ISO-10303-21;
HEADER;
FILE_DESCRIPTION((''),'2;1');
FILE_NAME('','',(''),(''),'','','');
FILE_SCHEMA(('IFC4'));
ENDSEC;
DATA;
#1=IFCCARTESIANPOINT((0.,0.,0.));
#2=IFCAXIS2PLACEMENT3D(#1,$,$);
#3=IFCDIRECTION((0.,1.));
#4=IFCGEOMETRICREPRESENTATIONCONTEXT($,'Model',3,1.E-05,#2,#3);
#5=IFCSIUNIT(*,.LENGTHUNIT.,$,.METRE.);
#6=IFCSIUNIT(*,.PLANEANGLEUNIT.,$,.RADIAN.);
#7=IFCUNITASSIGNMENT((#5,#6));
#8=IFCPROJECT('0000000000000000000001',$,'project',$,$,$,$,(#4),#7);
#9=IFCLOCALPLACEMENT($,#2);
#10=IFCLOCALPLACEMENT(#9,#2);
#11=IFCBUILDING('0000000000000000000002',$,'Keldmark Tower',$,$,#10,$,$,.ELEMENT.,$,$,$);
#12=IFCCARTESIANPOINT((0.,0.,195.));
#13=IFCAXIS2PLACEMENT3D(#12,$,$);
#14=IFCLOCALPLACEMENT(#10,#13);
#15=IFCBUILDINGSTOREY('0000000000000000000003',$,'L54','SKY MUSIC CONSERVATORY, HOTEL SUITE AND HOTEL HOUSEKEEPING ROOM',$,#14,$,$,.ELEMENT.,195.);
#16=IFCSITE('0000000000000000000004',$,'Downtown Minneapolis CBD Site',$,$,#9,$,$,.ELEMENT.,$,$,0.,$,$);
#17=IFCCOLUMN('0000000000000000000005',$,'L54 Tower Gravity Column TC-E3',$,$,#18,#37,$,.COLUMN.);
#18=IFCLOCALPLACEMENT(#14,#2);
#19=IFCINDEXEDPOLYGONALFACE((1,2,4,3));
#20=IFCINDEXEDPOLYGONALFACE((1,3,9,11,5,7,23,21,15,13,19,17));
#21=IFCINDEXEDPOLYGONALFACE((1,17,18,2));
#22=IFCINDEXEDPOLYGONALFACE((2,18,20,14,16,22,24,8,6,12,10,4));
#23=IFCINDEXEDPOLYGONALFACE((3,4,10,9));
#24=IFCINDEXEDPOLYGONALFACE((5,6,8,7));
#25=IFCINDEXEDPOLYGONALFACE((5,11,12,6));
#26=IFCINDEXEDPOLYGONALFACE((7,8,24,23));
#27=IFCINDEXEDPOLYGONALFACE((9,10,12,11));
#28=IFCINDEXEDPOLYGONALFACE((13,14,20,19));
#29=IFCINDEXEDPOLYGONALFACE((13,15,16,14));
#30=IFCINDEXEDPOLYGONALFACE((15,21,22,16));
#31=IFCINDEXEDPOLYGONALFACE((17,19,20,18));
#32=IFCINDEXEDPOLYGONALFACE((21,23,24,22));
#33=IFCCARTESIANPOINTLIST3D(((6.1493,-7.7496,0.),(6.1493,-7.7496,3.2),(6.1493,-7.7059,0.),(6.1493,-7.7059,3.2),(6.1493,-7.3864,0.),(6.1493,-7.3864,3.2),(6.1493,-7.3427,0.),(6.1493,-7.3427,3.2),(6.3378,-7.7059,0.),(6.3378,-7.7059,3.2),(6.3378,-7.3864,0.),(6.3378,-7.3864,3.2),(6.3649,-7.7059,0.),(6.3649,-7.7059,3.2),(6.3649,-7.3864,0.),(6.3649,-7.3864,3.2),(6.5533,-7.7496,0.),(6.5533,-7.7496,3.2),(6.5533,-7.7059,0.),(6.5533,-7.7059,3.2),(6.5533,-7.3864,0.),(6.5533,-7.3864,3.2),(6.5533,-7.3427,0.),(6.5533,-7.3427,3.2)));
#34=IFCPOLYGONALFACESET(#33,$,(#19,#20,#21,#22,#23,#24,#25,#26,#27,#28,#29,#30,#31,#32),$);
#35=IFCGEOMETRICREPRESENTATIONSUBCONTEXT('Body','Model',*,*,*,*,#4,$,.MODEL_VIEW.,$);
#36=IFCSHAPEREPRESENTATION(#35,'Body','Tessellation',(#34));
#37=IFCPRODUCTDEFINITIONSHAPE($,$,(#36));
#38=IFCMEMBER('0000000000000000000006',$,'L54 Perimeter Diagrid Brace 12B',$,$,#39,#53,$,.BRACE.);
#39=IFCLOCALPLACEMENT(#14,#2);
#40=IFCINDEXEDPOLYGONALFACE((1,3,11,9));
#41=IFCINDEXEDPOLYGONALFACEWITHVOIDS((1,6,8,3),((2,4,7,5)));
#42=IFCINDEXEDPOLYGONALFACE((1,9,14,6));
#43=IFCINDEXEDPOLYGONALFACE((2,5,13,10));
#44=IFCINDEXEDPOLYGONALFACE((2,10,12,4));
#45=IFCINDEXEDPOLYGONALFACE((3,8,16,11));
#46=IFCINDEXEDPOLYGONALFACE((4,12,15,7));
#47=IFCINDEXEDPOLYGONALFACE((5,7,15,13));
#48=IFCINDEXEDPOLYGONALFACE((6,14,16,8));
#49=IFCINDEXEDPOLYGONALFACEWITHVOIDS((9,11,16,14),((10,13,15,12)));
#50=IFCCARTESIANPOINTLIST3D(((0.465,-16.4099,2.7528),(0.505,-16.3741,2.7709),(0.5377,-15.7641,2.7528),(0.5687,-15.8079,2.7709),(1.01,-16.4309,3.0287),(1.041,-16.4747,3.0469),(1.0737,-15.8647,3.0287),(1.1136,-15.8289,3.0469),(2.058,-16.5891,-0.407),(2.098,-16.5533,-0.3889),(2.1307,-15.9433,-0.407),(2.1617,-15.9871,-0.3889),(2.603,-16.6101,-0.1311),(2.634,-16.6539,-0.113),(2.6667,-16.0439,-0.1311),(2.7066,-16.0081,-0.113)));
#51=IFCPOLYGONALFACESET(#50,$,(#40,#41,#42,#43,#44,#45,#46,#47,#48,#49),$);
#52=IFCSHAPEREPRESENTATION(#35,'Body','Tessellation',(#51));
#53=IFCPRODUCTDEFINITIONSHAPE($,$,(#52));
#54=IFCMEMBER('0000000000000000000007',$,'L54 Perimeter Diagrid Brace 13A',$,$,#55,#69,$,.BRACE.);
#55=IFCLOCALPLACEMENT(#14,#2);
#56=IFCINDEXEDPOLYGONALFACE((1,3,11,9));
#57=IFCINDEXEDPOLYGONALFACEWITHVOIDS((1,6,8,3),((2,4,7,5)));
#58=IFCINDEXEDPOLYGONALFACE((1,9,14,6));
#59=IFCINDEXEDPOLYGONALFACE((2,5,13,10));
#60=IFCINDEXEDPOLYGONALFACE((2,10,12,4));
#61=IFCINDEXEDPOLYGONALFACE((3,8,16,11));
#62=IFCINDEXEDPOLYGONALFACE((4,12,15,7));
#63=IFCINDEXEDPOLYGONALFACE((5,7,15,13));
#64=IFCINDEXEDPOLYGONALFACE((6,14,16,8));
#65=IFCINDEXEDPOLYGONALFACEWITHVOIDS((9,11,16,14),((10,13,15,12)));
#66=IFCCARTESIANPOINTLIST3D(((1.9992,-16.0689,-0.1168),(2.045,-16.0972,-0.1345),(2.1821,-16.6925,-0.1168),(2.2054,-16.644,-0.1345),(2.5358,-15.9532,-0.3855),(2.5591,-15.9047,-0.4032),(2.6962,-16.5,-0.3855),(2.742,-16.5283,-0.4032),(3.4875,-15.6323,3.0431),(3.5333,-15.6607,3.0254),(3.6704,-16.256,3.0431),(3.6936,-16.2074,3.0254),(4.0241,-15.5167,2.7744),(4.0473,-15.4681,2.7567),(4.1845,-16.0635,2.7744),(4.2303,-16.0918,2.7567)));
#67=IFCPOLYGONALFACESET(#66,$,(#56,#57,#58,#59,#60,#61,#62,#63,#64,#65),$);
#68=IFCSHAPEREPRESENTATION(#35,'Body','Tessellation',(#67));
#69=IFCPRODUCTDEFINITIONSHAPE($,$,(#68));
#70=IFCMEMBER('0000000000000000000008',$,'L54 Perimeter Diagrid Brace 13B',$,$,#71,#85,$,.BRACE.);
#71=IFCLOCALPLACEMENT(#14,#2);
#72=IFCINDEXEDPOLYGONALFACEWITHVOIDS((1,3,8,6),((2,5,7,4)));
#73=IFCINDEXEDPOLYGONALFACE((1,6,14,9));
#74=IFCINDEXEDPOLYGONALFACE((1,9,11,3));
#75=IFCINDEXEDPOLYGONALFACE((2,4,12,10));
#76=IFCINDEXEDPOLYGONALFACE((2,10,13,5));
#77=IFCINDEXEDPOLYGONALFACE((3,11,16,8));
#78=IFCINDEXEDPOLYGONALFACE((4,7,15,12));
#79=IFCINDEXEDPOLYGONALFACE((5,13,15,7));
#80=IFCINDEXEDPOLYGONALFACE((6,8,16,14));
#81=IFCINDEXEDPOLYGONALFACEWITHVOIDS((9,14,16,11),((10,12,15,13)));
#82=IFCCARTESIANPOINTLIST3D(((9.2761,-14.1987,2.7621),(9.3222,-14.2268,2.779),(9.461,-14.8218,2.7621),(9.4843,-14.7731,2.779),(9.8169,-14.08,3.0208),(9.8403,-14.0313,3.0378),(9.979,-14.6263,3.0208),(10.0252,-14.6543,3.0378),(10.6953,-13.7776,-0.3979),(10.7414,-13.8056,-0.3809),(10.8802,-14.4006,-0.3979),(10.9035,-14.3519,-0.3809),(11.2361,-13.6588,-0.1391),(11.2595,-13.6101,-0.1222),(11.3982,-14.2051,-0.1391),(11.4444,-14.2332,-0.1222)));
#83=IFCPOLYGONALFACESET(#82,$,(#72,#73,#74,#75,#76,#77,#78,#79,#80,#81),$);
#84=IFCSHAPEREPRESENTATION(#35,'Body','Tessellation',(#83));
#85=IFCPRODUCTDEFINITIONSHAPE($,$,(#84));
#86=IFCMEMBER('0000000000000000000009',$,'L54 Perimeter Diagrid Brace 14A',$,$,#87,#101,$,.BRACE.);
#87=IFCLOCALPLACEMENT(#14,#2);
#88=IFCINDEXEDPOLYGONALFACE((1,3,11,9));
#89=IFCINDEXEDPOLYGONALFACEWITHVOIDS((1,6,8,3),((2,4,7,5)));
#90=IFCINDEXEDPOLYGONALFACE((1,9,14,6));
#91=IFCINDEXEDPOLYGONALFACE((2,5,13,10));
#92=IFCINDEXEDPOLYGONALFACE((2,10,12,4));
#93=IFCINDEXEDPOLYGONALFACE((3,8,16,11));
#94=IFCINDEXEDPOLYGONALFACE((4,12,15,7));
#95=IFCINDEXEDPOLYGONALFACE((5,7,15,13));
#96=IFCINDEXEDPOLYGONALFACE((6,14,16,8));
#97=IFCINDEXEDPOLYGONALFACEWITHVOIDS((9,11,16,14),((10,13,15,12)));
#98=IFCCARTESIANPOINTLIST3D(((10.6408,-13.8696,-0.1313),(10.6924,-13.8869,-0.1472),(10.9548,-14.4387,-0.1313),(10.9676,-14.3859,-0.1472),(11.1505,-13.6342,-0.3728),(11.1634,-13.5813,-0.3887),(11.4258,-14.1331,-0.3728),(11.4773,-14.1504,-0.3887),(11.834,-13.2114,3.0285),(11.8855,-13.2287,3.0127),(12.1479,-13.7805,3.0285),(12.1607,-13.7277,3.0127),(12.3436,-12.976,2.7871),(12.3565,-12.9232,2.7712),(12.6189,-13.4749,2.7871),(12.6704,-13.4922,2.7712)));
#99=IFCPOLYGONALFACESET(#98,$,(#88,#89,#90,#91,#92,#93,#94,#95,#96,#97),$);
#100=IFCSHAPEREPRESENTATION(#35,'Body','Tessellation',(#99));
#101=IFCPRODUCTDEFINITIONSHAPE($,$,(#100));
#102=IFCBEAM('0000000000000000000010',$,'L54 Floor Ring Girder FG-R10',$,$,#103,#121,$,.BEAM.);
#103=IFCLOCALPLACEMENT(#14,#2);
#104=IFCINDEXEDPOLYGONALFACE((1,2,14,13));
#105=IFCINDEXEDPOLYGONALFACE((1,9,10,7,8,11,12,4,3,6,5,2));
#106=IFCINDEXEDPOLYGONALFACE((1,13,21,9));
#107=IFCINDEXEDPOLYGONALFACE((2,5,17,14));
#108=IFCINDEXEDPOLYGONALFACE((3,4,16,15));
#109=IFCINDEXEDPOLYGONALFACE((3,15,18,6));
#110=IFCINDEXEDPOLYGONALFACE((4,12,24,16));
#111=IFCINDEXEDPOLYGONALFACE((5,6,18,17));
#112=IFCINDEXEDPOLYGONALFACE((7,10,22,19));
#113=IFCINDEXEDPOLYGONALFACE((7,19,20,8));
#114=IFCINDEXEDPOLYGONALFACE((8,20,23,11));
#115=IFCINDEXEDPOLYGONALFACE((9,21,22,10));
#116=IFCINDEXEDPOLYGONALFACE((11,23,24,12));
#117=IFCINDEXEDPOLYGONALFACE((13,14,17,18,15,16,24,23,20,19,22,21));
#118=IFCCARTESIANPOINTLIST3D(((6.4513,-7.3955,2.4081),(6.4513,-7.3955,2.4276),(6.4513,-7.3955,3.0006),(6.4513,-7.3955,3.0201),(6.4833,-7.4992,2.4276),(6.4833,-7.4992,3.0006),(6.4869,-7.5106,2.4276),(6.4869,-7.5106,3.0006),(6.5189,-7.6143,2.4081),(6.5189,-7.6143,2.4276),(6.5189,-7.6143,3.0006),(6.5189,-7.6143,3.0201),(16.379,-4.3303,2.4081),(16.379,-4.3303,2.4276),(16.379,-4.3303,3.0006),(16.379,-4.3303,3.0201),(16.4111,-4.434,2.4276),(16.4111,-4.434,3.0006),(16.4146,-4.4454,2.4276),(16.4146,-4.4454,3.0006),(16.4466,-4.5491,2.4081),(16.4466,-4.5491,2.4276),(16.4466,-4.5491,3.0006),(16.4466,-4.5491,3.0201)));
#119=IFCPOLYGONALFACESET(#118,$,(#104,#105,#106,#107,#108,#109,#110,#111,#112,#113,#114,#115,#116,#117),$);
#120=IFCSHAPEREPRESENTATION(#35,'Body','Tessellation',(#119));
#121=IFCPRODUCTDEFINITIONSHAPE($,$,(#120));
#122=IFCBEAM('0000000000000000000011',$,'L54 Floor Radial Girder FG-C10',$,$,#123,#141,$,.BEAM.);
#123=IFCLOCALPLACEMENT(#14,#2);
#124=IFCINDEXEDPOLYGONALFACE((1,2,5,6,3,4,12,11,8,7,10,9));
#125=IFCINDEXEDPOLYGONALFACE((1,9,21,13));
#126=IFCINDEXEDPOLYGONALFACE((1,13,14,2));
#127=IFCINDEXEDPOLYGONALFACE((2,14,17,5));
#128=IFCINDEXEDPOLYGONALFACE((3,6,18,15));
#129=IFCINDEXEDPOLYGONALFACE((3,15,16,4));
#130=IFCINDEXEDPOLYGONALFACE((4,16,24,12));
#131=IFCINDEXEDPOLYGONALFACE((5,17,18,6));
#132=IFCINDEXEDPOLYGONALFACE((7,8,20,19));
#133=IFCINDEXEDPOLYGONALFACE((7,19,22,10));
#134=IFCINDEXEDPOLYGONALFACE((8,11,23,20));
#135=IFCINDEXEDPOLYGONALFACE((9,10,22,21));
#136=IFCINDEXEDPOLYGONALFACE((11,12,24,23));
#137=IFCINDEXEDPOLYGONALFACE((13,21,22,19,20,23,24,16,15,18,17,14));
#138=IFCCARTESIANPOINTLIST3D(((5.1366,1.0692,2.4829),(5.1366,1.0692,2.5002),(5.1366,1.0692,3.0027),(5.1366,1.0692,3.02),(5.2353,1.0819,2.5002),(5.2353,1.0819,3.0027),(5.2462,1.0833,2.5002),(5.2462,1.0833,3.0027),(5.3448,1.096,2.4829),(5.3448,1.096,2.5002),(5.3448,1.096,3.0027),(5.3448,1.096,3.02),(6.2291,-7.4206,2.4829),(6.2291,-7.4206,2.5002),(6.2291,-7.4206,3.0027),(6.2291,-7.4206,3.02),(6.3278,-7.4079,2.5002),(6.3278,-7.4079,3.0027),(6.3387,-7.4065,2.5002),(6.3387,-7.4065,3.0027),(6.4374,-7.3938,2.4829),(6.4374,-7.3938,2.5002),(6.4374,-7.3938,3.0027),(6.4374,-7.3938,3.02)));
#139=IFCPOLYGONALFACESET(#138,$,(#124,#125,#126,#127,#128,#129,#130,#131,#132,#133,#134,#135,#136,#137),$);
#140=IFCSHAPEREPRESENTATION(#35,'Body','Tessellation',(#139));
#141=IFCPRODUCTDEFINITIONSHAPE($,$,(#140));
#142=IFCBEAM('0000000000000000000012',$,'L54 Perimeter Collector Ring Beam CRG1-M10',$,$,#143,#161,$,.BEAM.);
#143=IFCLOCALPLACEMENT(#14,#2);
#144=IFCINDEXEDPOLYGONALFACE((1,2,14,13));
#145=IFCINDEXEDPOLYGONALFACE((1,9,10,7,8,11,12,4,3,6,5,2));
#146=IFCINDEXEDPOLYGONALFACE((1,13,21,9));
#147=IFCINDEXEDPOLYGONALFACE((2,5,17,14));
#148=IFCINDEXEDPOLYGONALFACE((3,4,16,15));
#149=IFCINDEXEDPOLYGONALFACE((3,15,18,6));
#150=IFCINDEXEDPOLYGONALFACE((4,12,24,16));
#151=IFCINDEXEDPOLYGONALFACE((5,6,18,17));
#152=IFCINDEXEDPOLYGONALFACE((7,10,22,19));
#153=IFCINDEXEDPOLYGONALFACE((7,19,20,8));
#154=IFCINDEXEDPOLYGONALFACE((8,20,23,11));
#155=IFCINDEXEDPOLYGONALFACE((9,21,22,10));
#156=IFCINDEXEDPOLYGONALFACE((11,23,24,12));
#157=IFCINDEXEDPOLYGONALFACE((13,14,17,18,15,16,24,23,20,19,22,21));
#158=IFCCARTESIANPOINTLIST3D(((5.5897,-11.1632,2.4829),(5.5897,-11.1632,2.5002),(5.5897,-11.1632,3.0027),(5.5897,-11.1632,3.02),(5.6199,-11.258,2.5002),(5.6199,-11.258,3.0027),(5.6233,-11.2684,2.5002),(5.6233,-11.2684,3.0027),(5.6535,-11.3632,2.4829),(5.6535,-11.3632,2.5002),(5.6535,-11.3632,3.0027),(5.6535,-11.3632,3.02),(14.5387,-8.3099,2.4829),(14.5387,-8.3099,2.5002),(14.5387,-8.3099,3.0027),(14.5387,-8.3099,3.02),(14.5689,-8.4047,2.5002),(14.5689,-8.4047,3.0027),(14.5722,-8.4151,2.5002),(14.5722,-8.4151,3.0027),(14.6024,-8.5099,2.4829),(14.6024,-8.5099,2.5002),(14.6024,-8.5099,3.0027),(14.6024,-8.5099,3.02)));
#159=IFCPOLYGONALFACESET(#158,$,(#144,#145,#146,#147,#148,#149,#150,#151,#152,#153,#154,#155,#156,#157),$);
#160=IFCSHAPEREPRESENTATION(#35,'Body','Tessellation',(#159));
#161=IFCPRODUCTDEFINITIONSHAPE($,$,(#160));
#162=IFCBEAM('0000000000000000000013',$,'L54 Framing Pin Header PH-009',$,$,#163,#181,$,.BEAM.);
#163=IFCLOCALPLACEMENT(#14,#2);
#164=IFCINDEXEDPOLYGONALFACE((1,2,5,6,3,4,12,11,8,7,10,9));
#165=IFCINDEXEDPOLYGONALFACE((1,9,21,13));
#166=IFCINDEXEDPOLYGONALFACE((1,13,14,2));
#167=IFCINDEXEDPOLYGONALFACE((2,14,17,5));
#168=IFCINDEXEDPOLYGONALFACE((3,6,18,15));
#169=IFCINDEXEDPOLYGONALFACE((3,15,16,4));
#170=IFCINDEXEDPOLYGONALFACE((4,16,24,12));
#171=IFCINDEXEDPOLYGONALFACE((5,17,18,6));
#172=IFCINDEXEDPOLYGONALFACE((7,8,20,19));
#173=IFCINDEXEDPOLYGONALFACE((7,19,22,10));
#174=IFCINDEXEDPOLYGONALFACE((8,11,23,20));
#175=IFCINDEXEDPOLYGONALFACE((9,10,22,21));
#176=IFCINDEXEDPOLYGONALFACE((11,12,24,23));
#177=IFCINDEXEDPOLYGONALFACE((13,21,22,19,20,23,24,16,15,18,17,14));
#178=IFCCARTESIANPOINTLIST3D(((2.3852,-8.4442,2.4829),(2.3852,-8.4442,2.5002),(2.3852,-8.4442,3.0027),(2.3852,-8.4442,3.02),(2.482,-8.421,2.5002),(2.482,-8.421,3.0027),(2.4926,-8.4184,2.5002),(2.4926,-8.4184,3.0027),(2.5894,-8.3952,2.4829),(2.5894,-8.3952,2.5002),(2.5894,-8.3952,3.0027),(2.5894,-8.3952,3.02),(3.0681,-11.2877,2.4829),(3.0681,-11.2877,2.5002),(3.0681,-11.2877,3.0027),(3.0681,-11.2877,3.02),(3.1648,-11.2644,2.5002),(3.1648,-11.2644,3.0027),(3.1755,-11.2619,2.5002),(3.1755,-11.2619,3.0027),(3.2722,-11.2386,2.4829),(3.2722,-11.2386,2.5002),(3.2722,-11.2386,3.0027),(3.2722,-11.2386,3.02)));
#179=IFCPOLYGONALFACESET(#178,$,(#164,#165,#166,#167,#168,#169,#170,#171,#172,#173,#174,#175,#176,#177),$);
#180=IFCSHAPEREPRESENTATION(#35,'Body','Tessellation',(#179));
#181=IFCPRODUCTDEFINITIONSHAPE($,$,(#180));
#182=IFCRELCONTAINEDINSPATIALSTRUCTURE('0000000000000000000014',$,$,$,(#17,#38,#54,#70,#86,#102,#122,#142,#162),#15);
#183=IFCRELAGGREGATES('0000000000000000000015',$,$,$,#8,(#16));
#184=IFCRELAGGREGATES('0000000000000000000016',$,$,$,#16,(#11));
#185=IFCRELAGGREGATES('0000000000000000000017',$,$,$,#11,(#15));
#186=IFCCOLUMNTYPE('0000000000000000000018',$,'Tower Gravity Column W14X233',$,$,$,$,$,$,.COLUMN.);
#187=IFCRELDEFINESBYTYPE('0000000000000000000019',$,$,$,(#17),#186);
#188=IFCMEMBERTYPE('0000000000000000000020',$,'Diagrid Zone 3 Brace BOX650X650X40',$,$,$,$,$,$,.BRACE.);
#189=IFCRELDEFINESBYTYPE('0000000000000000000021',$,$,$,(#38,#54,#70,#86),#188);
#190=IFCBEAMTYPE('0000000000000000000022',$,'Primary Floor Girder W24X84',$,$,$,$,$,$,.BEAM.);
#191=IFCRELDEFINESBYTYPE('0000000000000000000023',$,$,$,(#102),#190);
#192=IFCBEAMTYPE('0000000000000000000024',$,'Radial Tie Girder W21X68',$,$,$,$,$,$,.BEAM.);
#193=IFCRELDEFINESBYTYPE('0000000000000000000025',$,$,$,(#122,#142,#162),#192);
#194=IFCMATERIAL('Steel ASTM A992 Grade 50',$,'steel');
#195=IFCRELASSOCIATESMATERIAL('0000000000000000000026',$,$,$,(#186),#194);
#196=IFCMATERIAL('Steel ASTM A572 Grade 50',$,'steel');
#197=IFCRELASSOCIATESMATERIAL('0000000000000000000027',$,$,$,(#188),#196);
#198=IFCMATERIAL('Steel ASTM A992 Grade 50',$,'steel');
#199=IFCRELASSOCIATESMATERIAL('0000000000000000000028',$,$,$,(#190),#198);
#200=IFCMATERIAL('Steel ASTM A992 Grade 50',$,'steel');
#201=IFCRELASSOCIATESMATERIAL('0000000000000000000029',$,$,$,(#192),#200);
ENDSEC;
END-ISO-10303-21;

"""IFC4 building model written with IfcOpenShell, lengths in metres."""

from ifc_helpers import new_model, si_unit, direction, frame, origin, origin_2d, place, context, subcontext, project, spatial, hollow_rectangle, i_section, extrude, material, material_profile, profile_set, type_object, element, save


model = new_model("IFC4")

# Units and contexts
model_context = context("Model", 3, precision=1e-05, world=origin(), true_north=direction((0.0, 1.0)))
body_context = subcontext(model_context, "Body", "Model", "MODEL_VIEW")
ifc_project = project(units=[si_unit("LENGTHUNIT", "METRE"), si_unit("PLANEANGLEUNIT", "RADIAN")], contexts=[model_context])

# Site, building, storey
site_placement = place(None, origin())
site = spatial("IfcSite", under=ifc_project, at=site_placement, Name="Downtown Minneapolis CBD Site", CompositionType="ELEMENT", RefElevation=0.0)
building_placement = place(site_placement, origin())
building = spatial("IfcBuilding", under=site, at=building_placement, Name="Keldmark Tower", CompositionType="ELEMENT")
storey_placement = place(building_placement, frame((0.0, 0.0, 195.0)))
storey = spatial("IfcBuildingStorey", under=building, at=storey_placement, Name="L54", Description="SKY MUSIC CONSERVATORY, HOTEL SUITE AND HOTEL HOUSEKEEPING ROOM", CompositionType="ELEMENT", Elevation=195.0)

# Column
ifc_material_1 = material(Name="Steel ASTM A992 Grade 50", Category="steel")
ifc_material_profile_1 = material_profile(ifc_material_1, i_section(OverallWidth=0.4041, OverallDepth=0.407, WebThickness=0.0271, FlangeThickness=0.0437, at=origin_2d()), Name="W14X233")
ifc_profile_set_1 = profile_set([ifc_material_profile_1], Name="Steel ASTM A992 Grade 50")
column_type = type_object("IfcColumnType", Name="Tower Gravity Column W14X233", PredefinedType="COLUMN", material=ifc_profile_set_1)
column_placement = place(storey_placement, frame((6.3513, -7.5461, 0.0), z_axis=(0.0, 0.0, 1.0), x_axis=(1.0, 0.0, 0.0)))
element("IfcColumn", 1, at=column_placement, inside=storey, type_object=column_type, Name="L54 Tower Gravity Column TC-E3", PredefinedType="COLUMN", context=body_context, shape_type="SweptSolid", body=[
    extrude(i_section(OverallWidth=0.4041, OverallDepth=0.407, WebThickness=0.0271, FlangeThickness=0.0437, at=origin_2d()), origin(), (0.0, 0.0, 1.0), 3.2),
])

# Members
ifc_material_2 = material(Name="Steel ASTM A572 Grade 50", Category="steel")
ifc_material_profile_2 = material_profile(ifc_material_2, hollow_rectangle(XDim=0.6499, YDim=0.6499, WallThickness=0.04, at=origin_2d()), Name="BOX650X650X40")
ifc_profile_set_2 = profile_set([ifc_material_profile_2], Name="Steel ASTM A572 Grade 50")
member_type = type_object("IfcMemberType", Name="Diagrid Zone 3 Brace BOX650X650X40", PredefinedType="BRACE", material=ifc_profile_set_2)
member_1_placement = place(storey_placement, frame((2.3823, -16.2986, -0.26), z_axis=(-0.449588, 0.050574, 0.891803), x_axis=(-0.111785, -0.993732, 0.0)))
element("IfcMember", 2, at=member_1_placement, inside=storey, type_object=member_type, Name="L54 Perimeter Diagrid Brace 12B", PredefinedType="BRACE", context=body_context, shape_type="SweptSolid", body=[
    extrude(hollow_rectangle(XDim=0.6499, YDim=0.6499, WallThickness=0.04, at=origin_2d()), origin(), (0.0, 0.0, 1.0), 3.5432),
])
member_2_placement = place(storey_placement, frame((2.3706, -16.2986, -0.26), z_axis=(0.422804, 0.124011, 0.897696), x_axis=(-0.28145, 0.959576, 0.0)))
element("IfcMember", 3, at=member_2_placement, inside=storey, type_object=member_type, Name="L54 Perimeter Diagrid Brace 13A", PredefinedType="BRACE", context=body_context, shape_type="SweptSolid", body=[
    extrude(hollow_rectangle(XDim=0.6499, YDim=0.6499, WallThickness=0.04, at=origin_2d()), origin(), (0.0, 0.0, 1.0), 3.52),
])
member_3_placement = place(storey_placement, frame((11.0698, -14.0054, -0.26), z_axis=(-0.406705, -0.120689, 0.905553), x_axis=(0.284487, -0.95868, 0.0)))
element("IfcMember", 4, at=member_3_placement, inside=storey, type_object=member_type, Name="L54 Perimeter Diagrid Brace 13B", PredefinedType="BRACE", context=body_context, shape_type="SweptSolid", body=[
    extrude(hollow_rectangle(XDim=0.6499, YDim=0.6499, WallThickness=0.04, at=origin_2d()), origin(), (0.0, 0.0, 1.0), 3.4895),
])
member_4_placement = place(storey_placement, frame((11.0591, -14.01, -0.26), z_axis=(0.346716, 0.191272, 0.918261), x_axis=(-0.483039, 0.875599, 0.0)))
element("IfcMember", 5, at=member_4_placement, inside=storey, type_object=member_type, Name="L54 Perimeter Diagrid Brace 14A", PredefinedType="BRACE", context=body_context, shape_type="SweptSolid", body=[
    extrude(hollow_rectangle(XDim=0.6499, YDim=0.6499, WallThickness=0.04, at=origin_2d()), origin(), (0.0, 0.0, 1.0), 3.4412),
])

# Beams
ifc_material_3 = material(Name="Steel ASTM A992 Grade 50", Category="steel")
ifc_material_profile_3 = material_profile(ifc_material_3, i_section(OverallWidth=0.229, OverallDepth=0.6121, WebThickness=0.012, FlangeThickness=0.0195, at=origin_2d()), Name="W24X84")
ifc_profile_set_3 = profile_set([ifc_material_profile_3], Name="Steel ASTM A992 Grade 50")
beam_type_1 = type_object("IfcBeamType", Name="Primary Floor Girder W24X84", PredefinedType="BEAM", material=ifc_profile_set_3)
beam_1_placement = place(storey_placement, frame((6.4851, -7.5049, 2.7141), z_axis=(0.955495, 0.295009, 0.0), x_axis=(-0.295009, 0.955495, 0.0)))
element("IfcBeam", 6, at=beam_1_placement, inside=storey, type_object=beam_type_1, Name="L54 Floor Ring Girder FG-R10", PredefinedType="BEAM", context=body_context, shape_type="SweptSolid", body=[
    extrude(i_section(OverallWidth=0.229, OverallDepth=0.6121, WebThickness=0.012, FlangeThickness=0.0195, at=origin_2d()), origin(), (0.0, 0.0, 1.0), 10.3901),
])
ifc_material_4 = material(Name="Steel ASTM A992 Grade 50", Category="steel")
ifc_material_profile_4 = material_profile(ifc_material_4, i_section(OverallWidth=0.21, OverallDepth=0.5371, WebThickness=0.011, FlangeThickness=0.0173, at=origin_2d()), Name="W21X68")
ifc_profile_set_4 = profile_set([ifc_material_profile_4], Name="Steel ASTM A992 Grade 50")
beam_type_2 = type_object("IfcBeamType", Name="Radial Tie Girder W21X68", PredefinedType="BEAM", material=ifc_profile_set_4)
beam_2_placement = place(storey_placement, frame((6.3333, -7.4072, 2.7515), z_axis=(-0.127636, 0.991821, 0.0), x_axis=(-0.991821, -0.127636, 0.0)))
element("IfcBeam", 7, at=beam_2_placement, inside=storey, type_object=beam_type_2, Name="L54 Floor Radial Girder FG-C10", PredefinedType="BEAM", context=body_context, shape_type="SweptSolid", body=[
    extrude(i_section(OverallWidth=0.21, OverallDepth=0.5371, WebThickness=0.011, FlangeThickness=0.0173, at=origin_2d()), origin(), (0.0, 0.0, 1.0), 8.5598),
])
beam_3_placement = place(storey_placement, frame((5.6216, -11.2632, 2.7515), z_axis=(0.952745, 0.303771, 0.0), x_axis=(-0.303771, 0.952745, 0.0)))
element("IfcBeam", 8, at=beam_3_placement, inside=storey, type_object=beam_type_2, Name="L54 Perimeter Collector Ring Beam CRG1-M10", PredefinedType="BEAM", context=body_context, shape_type="SweptSolid", body=[
    extrude(i_section(OverallWidth=0.21, OverallDepth=0.5371, WebThickness=0.011, FlangeThickness=0.0173, at=origin_2d()), origin(), (0.0, 0.0, 1.0), 9.3928),
])
beam_4_placement = place(storey_placement, frame((2.4873, -8.4197, 2.7515), z_axis=(0.233509, -0.972355, 0.0), x_axis=(0.972355, 0.233509, 0.0)))
element("IfcBeam", 9, at=beam_4_placement, inside=storey, type_object=beam_type_2, Name="L54 Framing Pin Header PH-009", PredefinedType="BEAM", context=body_context, shape_type="SweptSolid", body=[
    extrude(i_section(OverallWidth=0.21, OverallDepth=0.5371, WebThickness=0.011, FlangeThickness=0.0173, at=origin_2d()), origin(), (0.0, 0.0, 1.0), 2.9243),
])

save(model, "model.ifc")
